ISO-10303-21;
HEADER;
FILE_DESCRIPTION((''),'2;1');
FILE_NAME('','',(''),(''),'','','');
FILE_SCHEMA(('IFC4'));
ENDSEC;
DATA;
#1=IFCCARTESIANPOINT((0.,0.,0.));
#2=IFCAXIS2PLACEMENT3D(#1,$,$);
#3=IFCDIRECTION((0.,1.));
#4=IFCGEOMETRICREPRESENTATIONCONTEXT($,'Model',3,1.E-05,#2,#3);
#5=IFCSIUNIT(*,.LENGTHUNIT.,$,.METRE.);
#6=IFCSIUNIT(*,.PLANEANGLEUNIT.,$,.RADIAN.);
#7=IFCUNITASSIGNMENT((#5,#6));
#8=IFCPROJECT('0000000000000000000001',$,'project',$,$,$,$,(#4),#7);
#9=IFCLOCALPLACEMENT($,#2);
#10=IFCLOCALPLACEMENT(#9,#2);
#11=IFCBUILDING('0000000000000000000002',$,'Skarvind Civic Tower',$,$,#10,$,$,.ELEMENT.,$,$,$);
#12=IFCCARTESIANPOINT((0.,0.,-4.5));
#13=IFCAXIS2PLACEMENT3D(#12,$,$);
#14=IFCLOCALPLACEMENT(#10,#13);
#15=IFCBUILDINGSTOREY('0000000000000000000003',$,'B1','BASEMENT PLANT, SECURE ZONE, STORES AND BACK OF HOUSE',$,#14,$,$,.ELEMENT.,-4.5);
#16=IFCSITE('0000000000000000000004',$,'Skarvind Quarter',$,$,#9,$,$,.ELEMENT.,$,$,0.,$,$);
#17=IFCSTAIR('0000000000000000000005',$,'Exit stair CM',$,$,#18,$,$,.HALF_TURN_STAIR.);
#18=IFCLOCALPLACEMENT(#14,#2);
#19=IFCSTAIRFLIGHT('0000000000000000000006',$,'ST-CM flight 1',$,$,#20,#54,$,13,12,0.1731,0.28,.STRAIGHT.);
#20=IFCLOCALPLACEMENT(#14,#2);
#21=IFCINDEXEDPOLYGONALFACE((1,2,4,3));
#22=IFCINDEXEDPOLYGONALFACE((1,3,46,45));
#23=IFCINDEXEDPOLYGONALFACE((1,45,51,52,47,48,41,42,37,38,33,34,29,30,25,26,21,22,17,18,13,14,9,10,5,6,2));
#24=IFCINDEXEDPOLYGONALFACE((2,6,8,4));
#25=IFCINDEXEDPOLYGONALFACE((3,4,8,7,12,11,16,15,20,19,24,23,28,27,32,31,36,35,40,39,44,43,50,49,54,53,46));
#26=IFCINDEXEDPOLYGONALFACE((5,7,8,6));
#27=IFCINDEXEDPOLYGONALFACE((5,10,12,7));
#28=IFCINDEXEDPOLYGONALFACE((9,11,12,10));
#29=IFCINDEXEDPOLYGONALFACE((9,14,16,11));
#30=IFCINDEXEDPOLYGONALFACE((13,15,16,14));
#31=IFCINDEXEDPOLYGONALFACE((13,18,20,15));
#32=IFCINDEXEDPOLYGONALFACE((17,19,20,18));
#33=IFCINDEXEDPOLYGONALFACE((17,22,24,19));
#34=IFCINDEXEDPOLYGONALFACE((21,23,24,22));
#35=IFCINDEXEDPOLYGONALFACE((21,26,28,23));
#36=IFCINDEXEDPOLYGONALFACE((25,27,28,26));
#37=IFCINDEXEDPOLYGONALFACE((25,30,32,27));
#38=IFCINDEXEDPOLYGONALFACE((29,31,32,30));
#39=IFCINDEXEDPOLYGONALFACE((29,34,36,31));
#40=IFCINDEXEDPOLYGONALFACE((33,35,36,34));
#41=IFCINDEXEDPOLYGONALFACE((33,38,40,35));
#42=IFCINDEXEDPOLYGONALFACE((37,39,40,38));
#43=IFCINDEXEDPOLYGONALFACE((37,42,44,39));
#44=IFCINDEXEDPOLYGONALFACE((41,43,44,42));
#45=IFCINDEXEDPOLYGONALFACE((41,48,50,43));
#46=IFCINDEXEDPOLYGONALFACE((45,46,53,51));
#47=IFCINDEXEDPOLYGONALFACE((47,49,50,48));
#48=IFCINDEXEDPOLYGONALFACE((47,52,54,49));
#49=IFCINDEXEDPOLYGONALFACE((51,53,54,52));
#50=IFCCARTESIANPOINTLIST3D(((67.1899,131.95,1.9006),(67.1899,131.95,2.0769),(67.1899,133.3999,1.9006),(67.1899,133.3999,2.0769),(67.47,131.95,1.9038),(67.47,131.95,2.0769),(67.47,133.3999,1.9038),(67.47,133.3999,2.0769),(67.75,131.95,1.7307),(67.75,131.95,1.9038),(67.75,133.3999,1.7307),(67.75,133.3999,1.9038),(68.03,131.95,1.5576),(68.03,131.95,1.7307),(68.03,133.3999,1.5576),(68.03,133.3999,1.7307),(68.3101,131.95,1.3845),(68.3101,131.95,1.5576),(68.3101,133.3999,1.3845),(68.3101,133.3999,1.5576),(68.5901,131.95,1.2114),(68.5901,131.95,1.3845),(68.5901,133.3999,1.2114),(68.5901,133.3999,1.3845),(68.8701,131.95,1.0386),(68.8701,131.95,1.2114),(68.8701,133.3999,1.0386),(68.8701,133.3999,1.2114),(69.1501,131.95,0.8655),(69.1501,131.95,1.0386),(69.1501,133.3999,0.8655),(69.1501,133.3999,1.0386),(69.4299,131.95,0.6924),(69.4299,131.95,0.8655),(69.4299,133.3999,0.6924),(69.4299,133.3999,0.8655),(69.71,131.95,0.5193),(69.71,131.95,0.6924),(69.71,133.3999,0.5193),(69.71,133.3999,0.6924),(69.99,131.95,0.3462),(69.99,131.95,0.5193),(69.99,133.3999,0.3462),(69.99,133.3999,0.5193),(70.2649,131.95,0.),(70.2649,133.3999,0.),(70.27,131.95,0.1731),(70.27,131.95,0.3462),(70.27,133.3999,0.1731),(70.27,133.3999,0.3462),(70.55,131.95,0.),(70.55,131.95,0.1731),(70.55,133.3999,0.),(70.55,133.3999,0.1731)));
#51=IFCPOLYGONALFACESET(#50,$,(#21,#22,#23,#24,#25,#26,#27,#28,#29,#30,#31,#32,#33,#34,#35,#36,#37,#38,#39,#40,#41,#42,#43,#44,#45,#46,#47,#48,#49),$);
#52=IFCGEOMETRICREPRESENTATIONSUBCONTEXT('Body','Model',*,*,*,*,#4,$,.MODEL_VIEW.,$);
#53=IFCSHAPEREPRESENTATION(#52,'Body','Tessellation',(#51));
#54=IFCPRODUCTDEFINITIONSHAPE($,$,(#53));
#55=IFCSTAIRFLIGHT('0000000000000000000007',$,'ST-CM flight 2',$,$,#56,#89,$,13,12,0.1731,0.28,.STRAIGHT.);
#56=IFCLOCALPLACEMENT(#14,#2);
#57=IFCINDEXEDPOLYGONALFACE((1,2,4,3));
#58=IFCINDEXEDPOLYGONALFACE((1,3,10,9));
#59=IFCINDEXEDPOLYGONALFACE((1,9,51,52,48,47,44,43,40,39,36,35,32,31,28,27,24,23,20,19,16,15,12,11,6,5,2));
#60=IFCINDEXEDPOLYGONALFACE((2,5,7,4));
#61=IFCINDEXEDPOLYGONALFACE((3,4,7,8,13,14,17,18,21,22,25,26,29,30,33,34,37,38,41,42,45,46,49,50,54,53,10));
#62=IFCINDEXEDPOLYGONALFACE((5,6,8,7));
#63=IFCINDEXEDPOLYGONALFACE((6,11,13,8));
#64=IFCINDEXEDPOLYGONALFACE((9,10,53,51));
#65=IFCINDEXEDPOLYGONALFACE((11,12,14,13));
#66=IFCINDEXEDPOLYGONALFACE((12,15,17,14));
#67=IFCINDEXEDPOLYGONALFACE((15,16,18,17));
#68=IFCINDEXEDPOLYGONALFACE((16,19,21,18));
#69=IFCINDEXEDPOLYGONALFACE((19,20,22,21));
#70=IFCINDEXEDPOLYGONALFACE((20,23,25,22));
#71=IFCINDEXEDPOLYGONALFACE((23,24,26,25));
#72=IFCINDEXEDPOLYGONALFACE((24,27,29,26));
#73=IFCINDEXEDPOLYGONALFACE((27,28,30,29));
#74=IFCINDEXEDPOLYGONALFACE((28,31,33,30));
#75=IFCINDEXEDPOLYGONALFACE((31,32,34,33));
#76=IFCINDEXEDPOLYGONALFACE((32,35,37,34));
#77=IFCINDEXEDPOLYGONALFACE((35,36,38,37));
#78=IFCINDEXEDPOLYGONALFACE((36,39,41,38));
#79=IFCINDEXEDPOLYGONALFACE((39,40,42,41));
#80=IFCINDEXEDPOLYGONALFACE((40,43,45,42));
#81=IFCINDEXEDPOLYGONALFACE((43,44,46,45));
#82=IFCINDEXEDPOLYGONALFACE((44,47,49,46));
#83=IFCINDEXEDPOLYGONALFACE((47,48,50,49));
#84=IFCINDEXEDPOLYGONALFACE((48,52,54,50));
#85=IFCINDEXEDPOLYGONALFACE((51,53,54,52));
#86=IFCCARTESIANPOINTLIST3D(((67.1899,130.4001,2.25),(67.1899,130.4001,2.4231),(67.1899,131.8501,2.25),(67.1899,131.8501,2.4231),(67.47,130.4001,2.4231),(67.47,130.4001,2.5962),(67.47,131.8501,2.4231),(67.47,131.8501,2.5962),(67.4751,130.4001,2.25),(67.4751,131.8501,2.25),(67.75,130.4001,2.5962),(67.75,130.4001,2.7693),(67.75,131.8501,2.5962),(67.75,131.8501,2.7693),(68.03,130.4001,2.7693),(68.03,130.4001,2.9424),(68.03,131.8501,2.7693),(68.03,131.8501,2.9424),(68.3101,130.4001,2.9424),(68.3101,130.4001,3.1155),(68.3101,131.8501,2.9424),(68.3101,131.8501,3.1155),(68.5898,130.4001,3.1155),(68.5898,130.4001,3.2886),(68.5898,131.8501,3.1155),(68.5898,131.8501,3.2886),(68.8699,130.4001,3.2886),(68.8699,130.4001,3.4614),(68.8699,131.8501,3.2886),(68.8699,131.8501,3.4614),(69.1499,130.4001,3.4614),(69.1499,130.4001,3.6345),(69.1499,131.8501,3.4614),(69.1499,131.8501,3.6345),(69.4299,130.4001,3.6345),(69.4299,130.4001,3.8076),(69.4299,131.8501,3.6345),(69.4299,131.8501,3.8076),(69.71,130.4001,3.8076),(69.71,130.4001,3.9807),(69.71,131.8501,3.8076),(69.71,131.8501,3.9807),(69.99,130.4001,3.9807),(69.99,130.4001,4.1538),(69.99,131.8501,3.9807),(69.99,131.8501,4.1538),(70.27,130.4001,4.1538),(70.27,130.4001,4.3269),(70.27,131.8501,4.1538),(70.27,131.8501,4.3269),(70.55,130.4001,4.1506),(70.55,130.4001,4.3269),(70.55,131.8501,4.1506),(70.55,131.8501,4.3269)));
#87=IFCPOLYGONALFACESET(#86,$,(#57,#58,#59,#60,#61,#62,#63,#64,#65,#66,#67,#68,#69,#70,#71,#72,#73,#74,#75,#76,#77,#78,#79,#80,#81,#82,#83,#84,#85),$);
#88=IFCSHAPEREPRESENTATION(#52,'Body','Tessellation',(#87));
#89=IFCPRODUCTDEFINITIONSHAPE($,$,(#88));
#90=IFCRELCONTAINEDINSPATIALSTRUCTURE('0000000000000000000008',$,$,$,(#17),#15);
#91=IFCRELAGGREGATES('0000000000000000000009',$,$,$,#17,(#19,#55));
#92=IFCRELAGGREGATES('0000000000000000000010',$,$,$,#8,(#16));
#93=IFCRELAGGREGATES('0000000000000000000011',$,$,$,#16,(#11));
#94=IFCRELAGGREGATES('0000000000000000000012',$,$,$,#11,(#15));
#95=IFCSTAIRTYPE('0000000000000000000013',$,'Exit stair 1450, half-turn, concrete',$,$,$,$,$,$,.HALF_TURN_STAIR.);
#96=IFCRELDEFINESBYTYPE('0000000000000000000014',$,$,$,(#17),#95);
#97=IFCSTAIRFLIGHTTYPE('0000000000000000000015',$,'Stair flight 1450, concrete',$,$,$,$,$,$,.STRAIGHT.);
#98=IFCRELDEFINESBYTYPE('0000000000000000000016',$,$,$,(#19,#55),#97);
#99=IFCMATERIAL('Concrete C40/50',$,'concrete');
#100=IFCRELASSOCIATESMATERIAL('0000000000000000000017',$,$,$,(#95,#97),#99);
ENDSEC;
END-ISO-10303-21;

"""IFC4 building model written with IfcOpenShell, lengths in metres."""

from ifc_helpers import new_model, si_unit, direction, frame, origin, place, context, subcontext, project, spatial, polyline, outline, extrude, material, type_object, element, aggregate, save


model = new_model("IFC4")

# Units and contexts
model_context = context("Model", 3, precision=1e-05, world=origin(), true_north=direction((0.0, 1.0)))
body_context = subcontext(model_context, "Body", "Model", "MODEL_VIEW")
ifc_project = project(units=[si_unit("LENGTHUNIT", "METRE"), si_unit("PLANEANGLEUNIT", "RADIAN")], contexts=[model_context])

# Site, building, storey
site_placement = place(None, origin())
site = spatial("IfcSite", under=ifc_project, at=site_placement, Name="Skarvind Quarter", CompositionType="ELEMENT", RefElevation=0.0)
building_placement = place(site_placement, origin())
building = spatial("IfcBuilding", under=site, at=building_placement, Name="Skarvind Civic Tower", CompositionType="ELEMENT")
storey_placement = place(building_placement, frame((0.0, 0.0, -4.5)))
storey = spatial("IfcBuildingStorey", under=building, at=storey_placement, Name="B1", Description="BASEMENT PLANT, SECURE ZONE, STORES AND BACK OF HOUSE", CompositionType="ELEMENT", Elevation=-4.5)

# Stair, stair flights
ifc_material_1 = material(Name="Concrete C40/50", Category="concrete")
stair_type = type_object("IfcStairType", Name="Exit stair 1450, half-turn, concrete", PredefinedType="HALF_TURN_STAIR", material=ifc_material_1)
stair_placement = place(storey_placement, origin())
stair = element("IfcStair", 1, at=stair_placement, inside=storey, type_object=stair_type, Name="Exit stair CM", PredefinedType="HALF_TURN_STAIR")
stair_flight_type = type_object("IfcStairFlightType", Name="Stair flight 1450, concrete", PredefinedType="STRAIGHT", material=ifc_material_1)
stair_flight_1_placement = place(storey_placement, frame((70.55, 132.675, 0.0), z_axis=(0.0, 0.0, 1.0), x_axis=(-1.0, 0.0, 0.0)))
stair_flight_1 = element("IfcStairFlight", 2, at=stair_flight_1_placement, type_object=stair_flight_type, Name="ST-CM flight 1", NumberOfRisers=13, NumberOfTreads=12, PredefinedType="STRAIGHT", RiserHeight=0.1731, TreadLength=0.28, context=body_context, shape_type="SweptSolid", body=[
    extrude(outline(polyline([(0.0, 0.0), (0.0, 0.1731), (0.28, 0.1731), (0.28, 0.3462), (0.5601, 0.3462), (0.5601, 0.5193), (0.8401, 0.5193), (0.8401, 0.6924), (1.1201, 0.6924), (1.1201, 0.8655), (1.3999, 0.8655), (1.3999, 1.0386), (1.6799, 1.0386), (1.6799, 1.2114), (1.96, 1.2114), (1.96, 1.3845), (2.24, 1.3845), (2.24, 1.5576), (2.52, 1.5576), (2.52, 1.7307), (2.8, 1.7307), (2.8, 1.9038), (3.0801, 1.9038), (3.0801, 2.0769), (3.3601, 2.0769), (3.3601, 2.25), (3.3601, 1.9006), (0.2852, 0.0), (0.0, 0.0)])), frame((0.0, 0.7251, 0.0), z_axis=(0.0, -1.0, 0.0), x_axis=(1.0, 0.0, 0.0)), (0.0, 0.0, 1.0), 1.45),
])
stair_flight_2_placement = place(storey_placement, frame((67.1899, 131.125, 2.25), z_axis=(0.0, 0.0, 1.0), x_axis=(1.0, 0.0, 0.0)))
stair_flight_2 = element("IfcStairFlight", 3, at=stair_flight_2_placement, type_object=stair_flight_type, Name="ST-CM flight 2", NumberOfRisers=13, NumberOfTreads=12, PredefinedType="STRAIGHT", RiserHeight=0.1731, TreadLength=0.28, context=body_context, shape_type="SweptSolid", body=[
    extrude(outline(polyline([(0.0, 0.0), (0.0, 0.1731), (0.28, 0.1731), (0.28, 0.3462), (0.5601, 0.3462), (0.5601, 0.5193), (0.8401, 0.5193), (0.8401, 0.6924), (1.1201, 0.6924), (1.1201, 0.8655), (1.3999, 0.8655), (1.3999, 1.0386), (1.6799, 1.0386), (1.6799, 1.2114), (1.96, 1.2114), (1.96, 1.3845), (2.24, 1.3845), (2.24, 1.5576), (2.52, 1.5576), (2.52, 1.7307), (2.8, 1.7307), (2.8, 1.9038), (3.0801, 1.9038), (3.0801, 2.0769), (3.3601, 2.0769), (3.3601, 2.25), (3.3601, 1.9006), (0.2852, 0.0), (0.0, 0.0)])), frame((0.0, 0.7251, 0.0), z_axis=(0.0, -1.0, 0.0), x_axis=(1.0, 0.0, 0.0)), (0.0, 0.0, 1.0), 1.45),
])
aggregate(stair, [stair_flight_1, stair_flight_2])

save(model, "model.ifc")
